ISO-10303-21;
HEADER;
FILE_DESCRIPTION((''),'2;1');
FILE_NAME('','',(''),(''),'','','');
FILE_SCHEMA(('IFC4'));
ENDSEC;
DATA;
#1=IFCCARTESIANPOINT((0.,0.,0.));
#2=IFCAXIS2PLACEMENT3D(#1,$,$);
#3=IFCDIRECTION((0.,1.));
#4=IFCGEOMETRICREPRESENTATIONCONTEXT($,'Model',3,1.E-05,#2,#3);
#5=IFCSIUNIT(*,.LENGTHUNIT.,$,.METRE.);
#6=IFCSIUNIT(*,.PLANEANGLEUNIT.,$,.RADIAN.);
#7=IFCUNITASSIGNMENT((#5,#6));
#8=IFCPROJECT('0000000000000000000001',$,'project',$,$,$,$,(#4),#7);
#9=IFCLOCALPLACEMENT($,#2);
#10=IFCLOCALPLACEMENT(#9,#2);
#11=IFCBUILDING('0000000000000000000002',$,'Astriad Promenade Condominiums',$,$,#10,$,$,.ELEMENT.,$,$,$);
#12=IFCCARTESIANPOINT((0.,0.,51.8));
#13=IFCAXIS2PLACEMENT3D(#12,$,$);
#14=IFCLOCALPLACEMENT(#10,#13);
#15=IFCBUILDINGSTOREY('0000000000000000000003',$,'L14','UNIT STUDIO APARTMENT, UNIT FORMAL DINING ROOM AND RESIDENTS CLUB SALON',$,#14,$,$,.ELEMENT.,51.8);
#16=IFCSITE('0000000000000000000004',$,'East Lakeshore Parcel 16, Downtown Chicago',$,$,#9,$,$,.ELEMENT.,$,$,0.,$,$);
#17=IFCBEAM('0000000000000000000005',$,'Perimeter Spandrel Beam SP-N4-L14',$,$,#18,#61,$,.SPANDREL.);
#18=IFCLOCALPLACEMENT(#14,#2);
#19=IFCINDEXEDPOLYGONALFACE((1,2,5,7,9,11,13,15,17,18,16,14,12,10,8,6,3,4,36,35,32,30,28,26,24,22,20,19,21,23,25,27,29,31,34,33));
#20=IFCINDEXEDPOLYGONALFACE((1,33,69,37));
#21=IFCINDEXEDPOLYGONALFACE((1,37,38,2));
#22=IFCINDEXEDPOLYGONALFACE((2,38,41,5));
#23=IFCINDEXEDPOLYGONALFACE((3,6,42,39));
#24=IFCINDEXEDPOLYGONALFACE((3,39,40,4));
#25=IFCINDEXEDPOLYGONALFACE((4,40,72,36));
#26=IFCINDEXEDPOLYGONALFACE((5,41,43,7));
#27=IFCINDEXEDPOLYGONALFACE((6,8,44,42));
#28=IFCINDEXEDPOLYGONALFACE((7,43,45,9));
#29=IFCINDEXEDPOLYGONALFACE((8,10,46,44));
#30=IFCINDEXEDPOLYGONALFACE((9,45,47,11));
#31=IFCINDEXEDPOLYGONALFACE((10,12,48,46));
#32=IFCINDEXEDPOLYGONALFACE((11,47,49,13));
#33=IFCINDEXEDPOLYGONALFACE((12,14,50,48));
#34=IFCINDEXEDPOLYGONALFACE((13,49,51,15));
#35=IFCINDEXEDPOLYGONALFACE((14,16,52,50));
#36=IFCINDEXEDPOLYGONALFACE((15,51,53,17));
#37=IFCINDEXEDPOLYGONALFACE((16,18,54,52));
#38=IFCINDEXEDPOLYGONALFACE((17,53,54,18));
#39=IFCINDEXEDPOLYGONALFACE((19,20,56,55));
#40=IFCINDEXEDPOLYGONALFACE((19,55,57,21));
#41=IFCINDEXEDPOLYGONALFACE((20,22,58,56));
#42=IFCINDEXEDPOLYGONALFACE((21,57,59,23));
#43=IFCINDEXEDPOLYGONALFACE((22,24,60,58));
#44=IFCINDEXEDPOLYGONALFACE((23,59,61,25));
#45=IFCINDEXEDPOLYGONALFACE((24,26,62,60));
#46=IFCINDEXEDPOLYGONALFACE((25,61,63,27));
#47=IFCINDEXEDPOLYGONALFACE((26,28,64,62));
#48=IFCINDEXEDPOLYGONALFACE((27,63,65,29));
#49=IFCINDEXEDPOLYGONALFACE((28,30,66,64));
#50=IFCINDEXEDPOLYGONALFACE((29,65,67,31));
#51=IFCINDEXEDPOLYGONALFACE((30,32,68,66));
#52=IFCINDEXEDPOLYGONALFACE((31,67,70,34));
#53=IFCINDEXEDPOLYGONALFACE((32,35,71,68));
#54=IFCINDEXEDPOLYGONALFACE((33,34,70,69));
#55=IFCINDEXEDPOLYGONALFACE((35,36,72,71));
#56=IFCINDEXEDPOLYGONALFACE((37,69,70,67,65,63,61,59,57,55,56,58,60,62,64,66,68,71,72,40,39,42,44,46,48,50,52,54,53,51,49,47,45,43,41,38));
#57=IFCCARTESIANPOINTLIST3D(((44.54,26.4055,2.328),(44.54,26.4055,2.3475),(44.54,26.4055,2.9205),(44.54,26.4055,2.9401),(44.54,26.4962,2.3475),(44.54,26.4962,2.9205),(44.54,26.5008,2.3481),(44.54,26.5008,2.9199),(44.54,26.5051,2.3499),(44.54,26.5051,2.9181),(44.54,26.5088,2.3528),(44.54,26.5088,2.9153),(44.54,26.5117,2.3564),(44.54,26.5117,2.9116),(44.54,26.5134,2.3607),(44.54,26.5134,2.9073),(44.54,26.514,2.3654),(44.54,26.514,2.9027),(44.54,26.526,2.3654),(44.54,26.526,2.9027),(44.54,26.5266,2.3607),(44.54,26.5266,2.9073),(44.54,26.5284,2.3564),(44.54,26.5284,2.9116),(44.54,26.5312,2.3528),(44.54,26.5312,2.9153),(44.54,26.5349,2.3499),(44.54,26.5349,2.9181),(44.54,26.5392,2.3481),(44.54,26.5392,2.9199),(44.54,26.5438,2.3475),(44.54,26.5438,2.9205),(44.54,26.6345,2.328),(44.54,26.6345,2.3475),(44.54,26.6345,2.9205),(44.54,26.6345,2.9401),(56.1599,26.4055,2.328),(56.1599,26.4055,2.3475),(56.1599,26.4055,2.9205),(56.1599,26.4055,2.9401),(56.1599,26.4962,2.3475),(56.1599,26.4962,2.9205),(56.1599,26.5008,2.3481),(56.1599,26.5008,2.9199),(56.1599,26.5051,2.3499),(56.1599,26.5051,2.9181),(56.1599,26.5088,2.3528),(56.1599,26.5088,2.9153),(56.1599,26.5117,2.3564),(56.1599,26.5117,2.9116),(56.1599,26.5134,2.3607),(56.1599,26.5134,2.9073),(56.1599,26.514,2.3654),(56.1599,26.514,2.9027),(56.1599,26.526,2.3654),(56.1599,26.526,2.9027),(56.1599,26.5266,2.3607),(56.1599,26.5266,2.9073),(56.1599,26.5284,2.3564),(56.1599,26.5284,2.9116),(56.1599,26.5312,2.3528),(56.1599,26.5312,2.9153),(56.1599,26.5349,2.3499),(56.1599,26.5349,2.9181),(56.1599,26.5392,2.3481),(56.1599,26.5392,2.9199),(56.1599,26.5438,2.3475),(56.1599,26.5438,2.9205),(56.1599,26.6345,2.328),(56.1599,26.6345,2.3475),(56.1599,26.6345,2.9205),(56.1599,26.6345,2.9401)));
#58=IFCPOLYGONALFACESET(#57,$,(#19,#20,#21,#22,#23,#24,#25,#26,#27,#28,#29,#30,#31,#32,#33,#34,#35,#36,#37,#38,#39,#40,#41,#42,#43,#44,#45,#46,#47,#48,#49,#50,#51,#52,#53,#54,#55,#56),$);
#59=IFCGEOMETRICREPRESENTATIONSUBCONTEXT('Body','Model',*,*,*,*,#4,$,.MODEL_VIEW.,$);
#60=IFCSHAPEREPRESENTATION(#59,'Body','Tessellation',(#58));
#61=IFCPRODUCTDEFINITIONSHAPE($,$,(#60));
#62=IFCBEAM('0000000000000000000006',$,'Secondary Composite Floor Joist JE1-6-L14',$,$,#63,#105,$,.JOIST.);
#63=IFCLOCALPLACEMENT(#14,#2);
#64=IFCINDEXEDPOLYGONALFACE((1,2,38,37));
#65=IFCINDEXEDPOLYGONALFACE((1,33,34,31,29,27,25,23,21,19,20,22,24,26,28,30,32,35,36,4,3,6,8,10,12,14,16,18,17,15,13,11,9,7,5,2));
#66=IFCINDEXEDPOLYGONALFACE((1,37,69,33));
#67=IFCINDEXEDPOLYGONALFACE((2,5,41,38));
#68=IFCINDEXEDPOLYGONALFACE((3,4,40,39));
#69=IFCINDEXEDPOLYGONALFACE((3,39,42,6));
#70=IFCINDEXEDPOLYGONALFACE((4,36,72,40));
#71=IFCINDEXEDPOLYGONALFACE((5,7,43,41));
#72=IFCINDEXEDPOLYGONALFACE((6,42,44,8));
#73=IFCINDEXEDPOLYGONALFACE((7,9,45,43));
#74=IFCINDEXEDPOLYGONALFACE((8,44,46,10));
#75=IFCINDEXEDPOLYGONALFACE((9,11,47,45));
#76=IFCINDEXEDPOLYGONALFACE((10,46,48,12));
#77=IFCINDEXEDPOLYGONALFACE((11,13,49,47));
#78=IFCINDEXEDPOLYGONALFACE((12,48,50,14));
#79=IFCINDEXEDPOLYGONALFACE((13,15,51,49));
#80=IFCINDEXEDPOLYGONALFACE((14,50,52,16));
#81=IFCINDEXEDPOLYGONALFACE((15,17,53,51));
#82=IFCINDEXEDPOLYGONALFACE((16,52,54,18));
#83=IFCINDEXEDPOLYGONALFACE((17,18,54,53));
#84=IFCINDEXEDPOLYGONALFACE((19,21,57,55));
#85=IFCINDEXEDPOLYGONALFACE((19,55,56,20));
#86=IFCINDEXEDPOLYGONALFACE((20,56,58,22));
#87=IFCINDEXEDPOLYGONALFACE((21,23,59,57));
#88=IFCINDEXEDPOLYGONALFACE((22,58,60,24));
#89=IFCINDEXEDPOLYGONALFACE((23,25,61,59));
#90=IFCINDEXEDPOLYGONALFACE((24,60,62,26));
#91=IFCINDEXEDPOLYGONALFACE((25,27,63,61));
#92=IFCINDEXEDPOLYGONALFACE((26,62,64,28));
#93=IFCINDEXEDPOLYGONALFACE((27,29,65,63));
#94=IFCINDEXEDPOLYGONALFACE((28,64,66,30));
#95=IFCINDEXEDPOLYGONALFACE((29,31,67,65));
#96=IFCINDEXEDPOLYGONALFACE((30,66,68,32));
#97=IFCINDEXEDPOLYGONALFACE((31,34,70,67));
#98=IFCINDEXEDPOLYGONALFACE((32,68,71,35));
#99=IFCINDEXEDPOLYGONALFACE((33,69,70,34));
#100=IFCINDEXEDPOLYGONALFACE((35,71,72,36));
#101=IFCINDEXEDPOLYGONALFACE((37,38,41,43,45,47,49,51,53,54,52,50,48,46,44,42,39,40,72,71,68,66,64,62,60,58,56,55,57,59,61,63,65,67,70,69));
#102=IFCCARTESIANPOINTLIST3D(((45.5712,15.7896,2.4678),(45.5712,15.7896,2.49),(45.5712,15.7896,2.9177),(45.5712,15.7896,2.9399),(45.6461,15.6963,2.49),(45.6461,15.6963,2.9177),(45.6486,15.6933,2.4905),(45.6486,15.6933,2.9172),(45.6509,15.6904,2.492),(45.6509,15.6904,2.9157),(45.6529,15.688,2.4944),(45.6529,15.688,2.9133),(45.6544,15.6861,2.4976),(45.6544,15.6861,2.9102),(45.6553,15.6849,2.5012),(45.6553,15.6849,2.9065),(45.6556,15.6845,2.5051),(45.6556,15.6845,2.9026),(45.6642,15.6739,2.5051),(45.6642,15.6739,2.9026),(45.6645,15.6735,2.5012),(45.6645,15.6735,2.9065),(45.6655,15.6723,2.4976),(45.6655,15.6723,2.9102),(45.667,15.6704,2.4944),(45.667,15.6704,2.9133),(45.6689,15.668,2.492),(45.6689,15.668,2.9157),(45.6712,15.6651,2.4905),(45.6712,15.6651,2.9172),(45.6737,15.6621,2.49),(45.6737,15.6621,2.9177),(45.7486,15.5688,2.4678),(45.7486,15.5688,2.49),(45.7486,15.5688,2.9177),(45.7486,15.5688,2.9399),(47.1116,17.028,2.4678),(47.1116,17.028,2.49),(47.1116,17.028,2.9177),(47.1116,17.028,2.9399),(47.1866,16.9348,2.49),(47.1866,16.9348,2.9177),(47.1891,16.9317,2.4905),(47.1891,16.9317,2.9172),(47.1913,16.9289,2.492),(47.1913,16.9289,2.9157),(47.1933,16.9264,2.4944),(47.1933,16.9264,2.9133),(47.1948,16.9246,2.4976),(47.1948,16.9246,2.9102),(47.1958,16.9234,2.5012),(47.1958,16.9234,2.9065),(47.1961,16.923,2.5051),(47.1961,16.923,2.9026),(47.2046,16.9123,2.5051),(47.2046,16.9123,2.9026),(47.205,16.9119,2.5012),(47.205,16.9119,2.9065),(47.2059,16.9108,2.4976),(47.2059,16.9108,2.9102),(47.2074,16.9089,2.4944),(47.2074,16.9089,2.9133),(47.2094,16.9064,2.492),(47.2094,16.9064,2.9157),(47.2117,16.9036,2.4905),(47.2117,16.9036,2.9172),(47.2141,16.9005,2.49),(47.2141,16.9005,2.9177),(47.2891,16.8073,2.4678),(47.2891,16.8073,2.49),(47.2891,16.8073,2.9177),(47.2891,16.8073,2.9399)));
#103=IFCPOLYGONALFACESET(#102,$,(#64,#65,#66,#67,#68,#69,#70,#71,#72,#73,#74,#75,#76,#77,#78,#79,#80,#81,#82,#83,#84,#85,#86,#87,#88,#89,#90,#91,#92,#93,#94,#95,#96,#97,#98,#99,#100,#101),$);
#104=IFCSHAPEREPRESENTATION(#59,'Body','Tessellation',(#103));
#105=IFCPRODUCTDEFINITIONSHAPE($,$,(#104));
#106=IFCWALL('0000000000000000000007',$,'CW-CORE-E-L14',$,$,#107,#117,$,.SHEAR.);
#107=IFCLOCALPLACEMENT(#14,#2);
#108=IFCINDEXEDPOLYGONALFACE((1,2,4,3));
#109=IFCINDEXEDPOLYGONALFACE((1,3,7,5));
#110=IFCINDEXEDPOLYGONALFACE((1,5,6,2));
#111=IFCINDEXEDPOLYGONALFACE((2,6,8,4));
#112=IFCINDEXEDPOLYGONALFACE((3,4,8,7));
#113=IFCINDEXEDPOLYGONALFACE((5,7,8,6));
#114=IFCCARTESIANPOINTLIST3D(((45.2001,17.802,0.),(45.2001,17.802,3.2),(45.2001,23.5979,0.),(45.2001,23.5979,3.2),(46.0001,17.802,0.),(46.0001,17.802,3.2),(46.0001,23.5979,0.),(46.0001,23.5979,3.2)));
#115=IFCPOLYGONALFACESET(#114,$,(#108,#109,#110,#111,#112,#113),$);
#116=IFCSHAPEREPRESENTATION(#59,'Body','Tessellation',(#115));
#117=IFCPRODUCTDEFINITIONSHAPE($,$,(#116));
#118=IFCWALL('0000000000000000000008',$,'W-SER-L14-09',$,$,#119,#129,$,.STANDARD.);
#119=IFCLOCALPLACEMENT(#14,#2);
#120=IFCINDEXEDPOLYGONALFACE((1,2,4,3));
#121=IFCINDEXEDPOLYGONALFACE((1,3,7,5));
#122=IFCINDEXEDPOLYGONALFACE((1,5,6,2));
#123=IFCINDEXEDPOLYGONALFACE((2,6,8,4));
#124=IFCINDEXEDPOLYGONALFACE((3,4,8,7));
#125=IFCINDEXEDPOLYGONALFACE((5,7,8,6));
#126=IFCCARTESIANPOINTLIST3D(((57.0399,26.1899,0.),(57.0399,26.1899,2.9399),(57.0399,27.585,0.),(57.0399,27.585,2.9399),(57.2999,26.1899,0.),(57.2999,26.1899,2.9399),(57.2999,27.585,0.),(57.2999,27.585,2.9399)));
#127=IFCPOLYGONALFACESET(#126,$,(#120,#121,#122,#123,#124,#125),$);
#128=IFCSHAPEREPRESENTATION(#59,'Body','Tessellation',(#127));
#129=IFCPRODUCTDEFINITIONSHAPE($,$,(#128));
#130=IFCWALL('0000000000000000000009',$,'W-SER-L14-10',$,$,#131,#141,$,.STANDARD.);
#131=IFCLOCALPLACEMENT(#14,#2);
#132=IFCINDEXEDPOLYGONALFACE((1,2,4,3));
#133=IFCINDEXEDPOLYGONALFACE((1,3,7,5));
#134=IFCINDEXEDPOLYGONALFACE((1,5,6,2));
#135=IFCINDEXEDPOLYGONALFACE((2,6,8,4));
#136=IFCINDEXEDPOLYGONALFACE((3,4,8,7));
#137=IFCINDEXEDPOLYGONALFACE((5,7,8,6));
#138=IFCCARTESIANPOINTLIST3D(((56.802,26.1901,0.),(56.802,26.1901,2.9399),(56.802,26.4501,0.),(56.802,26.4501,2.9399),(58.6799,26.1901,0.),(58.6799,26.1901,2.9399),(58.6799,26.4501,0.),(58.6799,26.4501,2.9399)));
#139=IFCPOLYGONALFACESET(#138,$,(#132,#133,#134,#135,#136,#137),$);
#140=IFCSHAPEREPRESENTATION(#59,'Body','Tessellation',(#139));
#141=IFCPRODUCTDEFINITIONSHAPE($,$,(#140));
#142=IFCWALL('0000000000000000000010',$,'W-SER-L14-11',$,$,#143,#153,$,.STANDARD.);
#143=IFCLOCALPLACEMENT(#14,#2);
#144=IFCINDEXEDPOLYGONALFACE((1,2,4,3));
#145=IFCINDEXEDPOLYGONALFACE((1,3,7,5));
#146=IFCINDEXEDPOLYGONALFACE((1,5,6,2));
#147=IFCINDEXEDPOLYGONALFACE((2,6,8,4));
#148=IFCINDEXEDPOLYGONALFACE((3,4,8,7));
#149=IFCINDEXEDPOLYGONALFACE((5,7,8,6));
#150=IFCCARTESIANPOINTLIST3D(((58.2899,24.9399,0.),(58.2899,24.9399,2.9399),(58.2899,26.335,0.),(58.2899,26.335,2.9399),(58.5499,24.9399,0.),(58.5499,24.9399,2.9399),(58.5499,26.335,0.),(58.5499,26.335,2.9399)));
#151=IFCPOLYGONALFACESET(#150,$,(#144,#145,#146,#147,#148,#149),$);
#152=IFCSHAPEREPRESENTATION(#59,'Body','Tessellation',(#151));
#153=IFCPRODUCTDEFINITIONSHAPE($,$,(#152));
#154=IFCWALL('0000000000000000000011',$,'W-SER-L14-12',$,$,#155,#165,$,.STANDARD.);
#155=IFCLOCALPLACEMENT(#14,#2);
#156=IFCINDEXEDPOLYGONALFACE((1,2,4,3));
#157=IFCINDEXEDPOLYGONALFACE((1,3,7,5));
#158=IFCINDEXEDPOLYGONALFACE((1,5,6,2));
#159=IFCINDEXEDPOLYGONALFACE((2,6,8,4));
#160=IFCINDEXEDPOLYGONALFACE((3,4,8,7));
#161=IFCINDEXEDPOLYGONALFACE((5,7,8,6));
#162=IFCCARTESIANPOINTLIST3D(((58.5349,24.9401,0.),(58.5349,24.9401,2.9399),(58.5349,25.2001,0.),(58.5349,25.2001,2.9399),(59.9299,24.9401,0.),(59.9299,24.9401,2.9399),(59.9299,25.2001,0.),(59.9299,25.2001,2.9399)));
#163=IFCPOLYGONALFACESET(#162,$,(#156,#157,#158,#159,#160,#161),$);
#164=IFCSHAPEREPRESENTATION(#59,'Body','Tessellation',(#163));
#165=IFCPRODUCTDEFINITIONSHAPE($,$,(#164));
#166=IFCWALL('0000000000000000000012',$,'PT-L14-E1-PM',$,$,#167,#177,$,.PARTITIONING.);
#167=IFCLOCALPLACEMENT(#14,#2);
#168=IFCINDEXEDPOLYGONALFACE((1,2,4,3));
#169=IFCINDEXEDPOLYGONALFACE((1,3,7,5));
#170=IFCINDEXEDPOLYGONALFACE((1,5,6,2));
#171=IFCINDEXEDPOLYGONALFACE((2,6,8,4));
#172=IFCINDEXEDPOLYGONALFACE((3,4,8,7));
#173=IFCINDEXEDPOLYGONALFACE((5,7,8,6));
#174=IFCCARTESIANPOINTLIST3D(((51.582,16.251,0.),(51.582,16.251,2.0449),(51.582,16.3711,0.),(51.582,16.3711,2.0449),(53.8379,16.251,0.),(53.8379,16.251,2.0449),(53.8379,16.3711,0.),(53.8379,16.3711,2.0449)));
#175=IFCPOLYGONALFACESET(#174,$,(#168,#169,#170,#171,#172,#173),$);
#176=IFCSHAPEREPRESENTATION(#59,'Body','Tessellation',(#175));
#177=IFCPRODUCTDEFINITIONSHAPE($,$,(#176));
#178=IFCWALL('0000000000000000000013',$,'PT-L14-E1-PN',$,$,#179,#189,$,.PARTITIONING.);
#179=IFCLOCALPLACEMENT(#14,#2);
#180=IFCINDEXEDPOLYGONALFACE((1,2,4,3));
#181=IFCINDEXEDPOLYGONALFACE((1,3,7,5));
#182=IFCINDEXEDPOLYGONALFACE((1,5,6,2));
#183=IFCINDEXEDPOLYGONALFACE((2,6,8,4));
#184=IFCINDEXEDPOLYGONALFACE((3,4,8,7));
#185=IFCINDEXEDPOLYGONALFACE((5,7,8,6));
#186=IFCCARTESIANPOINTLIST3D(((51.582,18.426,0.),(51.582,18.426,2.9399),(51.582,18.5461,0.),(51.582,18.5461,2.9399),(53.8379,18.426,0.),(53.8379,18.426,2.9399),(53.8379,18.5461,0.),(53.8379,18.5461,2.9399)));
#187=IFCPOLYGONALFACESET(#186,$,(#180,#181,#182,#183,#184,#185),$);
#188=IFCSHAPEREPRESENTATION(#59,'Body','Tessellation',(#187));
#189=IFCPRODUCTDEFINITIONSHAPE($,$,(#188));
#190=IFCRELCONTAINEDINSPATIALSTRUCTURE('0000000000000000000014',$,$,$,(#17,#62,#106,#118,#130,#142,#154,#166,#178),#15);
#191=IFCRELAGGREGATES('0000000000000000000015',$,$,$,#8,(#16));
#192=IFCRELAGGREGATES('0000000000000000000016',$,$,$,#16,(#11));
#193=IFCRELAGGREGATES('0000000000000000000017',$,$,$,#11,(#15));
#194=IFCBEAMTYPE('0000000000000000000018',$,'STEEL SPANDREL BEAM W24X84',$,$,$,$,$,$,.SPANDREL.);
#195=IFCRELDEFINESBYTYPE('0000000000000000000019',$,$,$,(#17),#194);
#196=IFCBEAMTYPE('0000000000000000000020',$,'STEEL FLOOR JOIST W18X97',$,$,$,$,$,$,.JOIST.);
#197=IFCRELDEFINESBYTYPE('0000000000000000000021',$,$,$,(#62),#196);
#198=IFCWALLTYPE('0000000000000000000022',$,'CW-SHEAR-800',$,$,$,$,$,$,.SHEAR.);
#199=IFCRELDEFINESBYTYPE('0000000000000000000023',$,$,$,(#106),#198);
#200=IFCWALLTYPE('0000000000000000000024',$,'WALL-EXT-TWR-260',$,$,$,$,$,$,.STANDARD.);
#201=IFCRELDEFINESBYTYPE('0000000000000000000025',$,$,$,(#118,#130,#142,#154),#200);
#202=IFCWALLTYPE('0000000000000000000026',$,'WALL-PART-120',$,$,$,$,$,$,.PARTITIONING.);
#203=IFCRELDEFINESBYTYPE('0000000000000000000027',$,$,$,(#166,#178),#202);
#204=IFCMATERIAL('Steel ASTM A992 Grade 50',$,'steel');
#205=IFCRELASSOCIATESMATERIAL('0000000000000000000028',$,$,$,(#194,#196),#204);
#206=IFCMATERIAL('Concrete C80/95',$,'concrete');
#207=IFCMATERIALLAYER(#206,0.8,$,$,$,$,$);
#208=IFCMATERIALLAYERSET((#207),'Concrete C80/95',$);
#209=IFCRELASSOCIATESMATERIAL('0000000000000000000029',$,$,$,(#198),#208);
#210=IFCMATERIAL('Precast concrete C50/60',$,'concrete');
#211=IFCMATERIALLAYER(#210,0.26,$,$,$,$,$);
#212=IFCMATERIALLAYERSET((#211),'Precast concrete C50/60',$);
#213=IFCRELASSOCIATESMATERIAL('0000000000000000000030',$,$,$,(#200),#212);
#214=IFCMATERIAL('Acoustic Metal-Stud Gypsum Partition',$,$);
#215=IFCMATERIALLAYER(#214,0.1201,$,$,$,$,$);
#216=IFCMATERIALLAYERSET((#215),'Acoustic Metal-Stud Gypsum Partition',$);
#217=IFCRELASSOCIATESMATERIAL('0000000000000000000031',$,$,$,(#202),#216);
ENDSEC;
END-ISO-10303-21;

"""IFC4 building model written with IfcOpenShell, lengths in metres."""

from ifc_helpers import new_model, si_unit, direction, frame, frame_2d, origin, origin_2d, place, context, subcontext, project, spatial, rectangle, i_section, extrude, source, transform, mapped, material, layer, layer_set, material_profile, profile_set, type_object, type_shapes, element, save


model = new_model("IFC4")

# Units and contexts
model_context = context("Model", 3, precision=1e-05, world=origin(), true_north=direction((0.0, 1.0)))
body_context = subcontext(model_context, "Body", "Model", "MODEL_VIEW")
ifc_project = project(units=[si_unit("LENGTHUNIT", "METRE"), si_unit("PLANEANGLEUNIT", "RADIAN")], contexts=[model_context])

# Site, building, storey
site_placement = place(None, origin())
site = spatial("IfcSite", under=ifc_project, at=site_placement, Name="East Lakeshore Parcel 16, Downtown Chicago", CompositionType="ELEMENT", RefElevation=0.0)
building_placement = place(site_placement, origin())
building = spatial("IfcBuilding", under=site, at=building_placement, Name="Astriad Promenade Condominiums", CompositionType="ELEMENT")
storey_placement = place(building_placement, frame((0.0, 0.0, 51.8)))
storey = spatial("IfcBuildingStorey", under=building, at=storey_placement, Name="L14", Description="UNIT STUDIO APARTMENT, UNIT FORMAL DINING ROOM AND RESIDENTS CLUB SALON", CompositionType="ELEMENT", Elevation=51.8)

# Shared definitions
ifc_material_1 = material(Name="Steel ASTM A992 Grade 50", Category="steel")
ifc_material_2 = material(Name="Concrete C80/95", Category="concrete")

# Beams
ifc_material_profile_1 = material_profile(ifc_material_1, i_section(OverallWidth=0.229, OverallDepth=0.6121, WebThickness=0.012, FlangeThickness=0.0195, FilletRadius=0.0178, at=origin_2d()), Name="W24X84")
ifc_profile_set_1 = profile_set([ifc_material_profile_1], Name="Steel ASTM A992 Grade 50")
beam_type_1 = type_object("IfcBeamType", Name="STEEL SPANDREL BEAM W24X84", PredefinedType="SPANDREL", material=ifc_profile_set_1)
shared_shape_1 = source(origin(), body_context, "Body", "SweptSolid", [
    extrude(i_section(OverallWidth=0.229, OverallDepth=0.6121, WebThickness=0.012, FlangeThickness=0.0195, FilletRadius=0.0178, at=origin_2d()), origin(), (0.0, 0.0, 1.0), 11.6199),
])
type_shapes(beam_type_1, [shared_shape_1])
beam_1_placement = place(storey_placement, frame((56.1599, 26.52, 2.634), z_axis=(-1.0, 0.0, 0.0), x_axis=(0.0, -1.0, 0.0)))
element("IfcBeam", 1, at=beam_1_placement, inside=storey, type_object=beam_type_1, Name="Perimeter Spandrel Beam SP-N4-L14", PredefinedType="SPANDREL", context=body_context, shape_type="MappedRepresentation", body=[
    mapped(shared_shape_1, transform((0.0, 0.0, 0.0), scale=1.0)),
])
ifc_material_profile_2 = material_profile(ifc_material_1, i_section(OverallWidth=0.2832, OverallDepth=0.4722, WebThickness=0.0137, FlangeThickness=0.0222, FilletRadius=0.0151, at=origin_2d()), Name="W18X97")
ifc_profile_set_2 = profile_set([ifc_material_profile_2], Name="Steel ASTM A992 Grade 50")
beam_type_2 = type_object("IfcBeamType", Name="STEEL FLOOR JOIST W18X97", PredefinedType="JOIST", material=ifc_profile_set_2)
shared_shape_2 = source(origin(), body_context, "Body", "SweptSolid", [
    extrude(i_section(OverallWidth=0.2832, OverallDepth=0.4722, WebThickness=0.0137, FlangeThickness=0.0222, FilletRadius=0.0151, at=origin_2d()), origin(), (0.0, 0.0, 1.0), 1.9766),
])
type_shapes(beam_type_2, [shared_shape_2])
beam_2_placement = place(storey_placement, frame((45.6599, 15.6792, 2.7039), z_axis=(0.77936, 0.626576, 0.0), x_axis=(-0.626576, 0.77936, 0.0)))
element("IfcBeam", 2, at=beam_2_placement, inside=storey, type_object=beam_type_2, Name="Secondary Composite Floor Joist JE1-6-L14", PredefinedType="JOIST", context=body_context, shape_type="MappedRepresentation", body=[
    mapped(shared_shape_2, transform((0.0, 0.0, 0.0), scale=1.0)),
])

# Walls
ifc_layer_1 = layer(ifc_material_2, 0.8)
ifc_layer_set_1 = layer_set([ifc_layer_1], Name="Concrete C80/95")
wall_type_1 = type_object("IfcWallType", Name="CW-SHEAR-800", PredefinedType="SHEAR", material=ifc_layer_set_1)
wall_1_placement = place(storey_placement, frame((45.6001, 17.802, 0.0), z_axis=(0.0, 0.0, 1.0), x_axis=(0.0, 1.0, 0.0)))
element("IfcWall", 3, at=wall_1_placement, inside=storey, type_object=wall_type_1, Name="CW-CORE-E-L14", PredefinedType="SHEAR", context=body_context, shape_type="SweptSolid", body=[
    extrude(rectangle(XDim=5.7959, YDim=0.8, at=frame_2d((2.8979, 0.0))), origin(), (0.0, 0.0, 1.0), 3.2),
])
ifc_material_3 = material(Name="Precast concrete C50/60", Category="concrete")
ifc_layer_2 = layer(ifc_material_3, 0.26)
ifc_layer_set_2 = layer_set([ifc_layer_2], Name="Precast concrete C50/60")
wall_type_2 = type_object("IfcWallType", Name="WALL-EXT-TWR-260", PredefinedType="STANDARD", material=ifc_layer_set_2)
wall_2_placement = place(storey_placement, frame((57.1699, 27.585, 0.0), z_axis=(0.0, 0.0, 1.0), x_axis=(0.0, -1.0, 0.0)))
element("IfcWall", 4, at=wall_2_placement, inside=storey, type_object=wall_type_2, Name="W-SER-L14-09", PredefinedType="STANDARD", context=body_context, shape_type="SweptSolid", body=[
    extrude(rectangle(XDim=1.395, YDim=0.26, at=frame_2d((0.6975, 0.0))), origin(), (0.0, 0.0, 1.0), 2.9399),
])
wall_3_placement = place(storey_placement, frame((56.802, 26.3201, 0.0), z_axis=(0.0, 0.0, 1.0), x_axis=(1.0, 0.0, 0.0)))
element("IfcWall", 5, at=wall_3_placement, inside=storey, type_object=wall_type_2, Name="W-SER-L14-10", PredefinedType="STANDARD", context=body_context, shape_type="SweptSolid", body=[
    extrude(rectangle(XDim=1.8779, YDim=0.26, at=frame_2d((0.939, 0.0))), origin(), (0.0, 0.0, 1.0), 2.9399),
])
for number, where, z_axis, x_axis, name in (
    (6, (58.4199, 26.335, 0.0), (0.0, 0.0, 1.0), (0.0, -1.0, 0.0), "W-SER-L14-11"),
    (7, (58.5349, 25.0701, 0.0), (0.0, 0.0, 1.0), (1.0, 0.0, 0.0), "W-SER-L14-12"),
):
    element("IfcWall", number, at=place(storey_placement, frame(where, z_axis=z_axis, x_axis=x_axis)), inside=storey, type_object=wall_type_2, Name=name, PredefinedType="STANDARD", context=body_context, shape_type="SweptSolid", body=[
        extrude(rectangle(XDim=1.395, YDim=0.26, at=frame_2d((0.6975, 0.0))), origin(), (0.0, 0.0, 1.0), 2.9399),
    ])
ifc_material_4 = material(Name="Acoustic Metal-Stud Gypsum Partition")
ifc_layer_3 = layer(ifc_material_4, 0.1201)
ifc_layer_set_3 = layer_set([ifc_layer_3], Name="Acoustic Metal-Stud Gypsum Partition")
wall_type_3 = type_object("IfcWallType", Name="WALL-PART-120", PredefinedType="PARTITIONING", material=ifc_layer_set_3)
wall_4_placement = place(storey_placement, frame((51.582, 16.311, 0.0), z_axis=(0.0, 0.0, 1.0), x_axis=(1.0, 0.0, 0.0)))
element("IfcWall", 8, at=wall_4_placement, inside=storey, type_object=wall_type_3, Name="PT-L14-E1-PM", PredefinedType="PARTITIONING", context=body_context, shape_type="SweptSolid", body=[
    extrude(rectangle(XDim=2.2559, YDim=0.1201, at=frame_2d((1.1279, 0.0))), origin(), (0.0, 0.0, 1.0), 2.0449),
])
wall_5_placement = place(storey_placement, frame((51.582, 18.4861, 0.0), z_axis=(0.0, 0.0, 1.0), x_axis=(1.0, 0.0, 0.0)))
element("IfcWall", 9, at=wall_5_placement, inside=storey, type_object=wall_type_3, Name="PT-L14-E1-PN", PredefinedType="PARTITIONING", context=body_context, shape_type="SweptSolid", body=[
    extrude(rectangle(XDim=2.2559, YDim=0.1201, at=frame_2d((1.1279, 0.0))), origin(), (0.0, 0.0, 1.0), 2.9399),
])

save(model, "model.ifc")
